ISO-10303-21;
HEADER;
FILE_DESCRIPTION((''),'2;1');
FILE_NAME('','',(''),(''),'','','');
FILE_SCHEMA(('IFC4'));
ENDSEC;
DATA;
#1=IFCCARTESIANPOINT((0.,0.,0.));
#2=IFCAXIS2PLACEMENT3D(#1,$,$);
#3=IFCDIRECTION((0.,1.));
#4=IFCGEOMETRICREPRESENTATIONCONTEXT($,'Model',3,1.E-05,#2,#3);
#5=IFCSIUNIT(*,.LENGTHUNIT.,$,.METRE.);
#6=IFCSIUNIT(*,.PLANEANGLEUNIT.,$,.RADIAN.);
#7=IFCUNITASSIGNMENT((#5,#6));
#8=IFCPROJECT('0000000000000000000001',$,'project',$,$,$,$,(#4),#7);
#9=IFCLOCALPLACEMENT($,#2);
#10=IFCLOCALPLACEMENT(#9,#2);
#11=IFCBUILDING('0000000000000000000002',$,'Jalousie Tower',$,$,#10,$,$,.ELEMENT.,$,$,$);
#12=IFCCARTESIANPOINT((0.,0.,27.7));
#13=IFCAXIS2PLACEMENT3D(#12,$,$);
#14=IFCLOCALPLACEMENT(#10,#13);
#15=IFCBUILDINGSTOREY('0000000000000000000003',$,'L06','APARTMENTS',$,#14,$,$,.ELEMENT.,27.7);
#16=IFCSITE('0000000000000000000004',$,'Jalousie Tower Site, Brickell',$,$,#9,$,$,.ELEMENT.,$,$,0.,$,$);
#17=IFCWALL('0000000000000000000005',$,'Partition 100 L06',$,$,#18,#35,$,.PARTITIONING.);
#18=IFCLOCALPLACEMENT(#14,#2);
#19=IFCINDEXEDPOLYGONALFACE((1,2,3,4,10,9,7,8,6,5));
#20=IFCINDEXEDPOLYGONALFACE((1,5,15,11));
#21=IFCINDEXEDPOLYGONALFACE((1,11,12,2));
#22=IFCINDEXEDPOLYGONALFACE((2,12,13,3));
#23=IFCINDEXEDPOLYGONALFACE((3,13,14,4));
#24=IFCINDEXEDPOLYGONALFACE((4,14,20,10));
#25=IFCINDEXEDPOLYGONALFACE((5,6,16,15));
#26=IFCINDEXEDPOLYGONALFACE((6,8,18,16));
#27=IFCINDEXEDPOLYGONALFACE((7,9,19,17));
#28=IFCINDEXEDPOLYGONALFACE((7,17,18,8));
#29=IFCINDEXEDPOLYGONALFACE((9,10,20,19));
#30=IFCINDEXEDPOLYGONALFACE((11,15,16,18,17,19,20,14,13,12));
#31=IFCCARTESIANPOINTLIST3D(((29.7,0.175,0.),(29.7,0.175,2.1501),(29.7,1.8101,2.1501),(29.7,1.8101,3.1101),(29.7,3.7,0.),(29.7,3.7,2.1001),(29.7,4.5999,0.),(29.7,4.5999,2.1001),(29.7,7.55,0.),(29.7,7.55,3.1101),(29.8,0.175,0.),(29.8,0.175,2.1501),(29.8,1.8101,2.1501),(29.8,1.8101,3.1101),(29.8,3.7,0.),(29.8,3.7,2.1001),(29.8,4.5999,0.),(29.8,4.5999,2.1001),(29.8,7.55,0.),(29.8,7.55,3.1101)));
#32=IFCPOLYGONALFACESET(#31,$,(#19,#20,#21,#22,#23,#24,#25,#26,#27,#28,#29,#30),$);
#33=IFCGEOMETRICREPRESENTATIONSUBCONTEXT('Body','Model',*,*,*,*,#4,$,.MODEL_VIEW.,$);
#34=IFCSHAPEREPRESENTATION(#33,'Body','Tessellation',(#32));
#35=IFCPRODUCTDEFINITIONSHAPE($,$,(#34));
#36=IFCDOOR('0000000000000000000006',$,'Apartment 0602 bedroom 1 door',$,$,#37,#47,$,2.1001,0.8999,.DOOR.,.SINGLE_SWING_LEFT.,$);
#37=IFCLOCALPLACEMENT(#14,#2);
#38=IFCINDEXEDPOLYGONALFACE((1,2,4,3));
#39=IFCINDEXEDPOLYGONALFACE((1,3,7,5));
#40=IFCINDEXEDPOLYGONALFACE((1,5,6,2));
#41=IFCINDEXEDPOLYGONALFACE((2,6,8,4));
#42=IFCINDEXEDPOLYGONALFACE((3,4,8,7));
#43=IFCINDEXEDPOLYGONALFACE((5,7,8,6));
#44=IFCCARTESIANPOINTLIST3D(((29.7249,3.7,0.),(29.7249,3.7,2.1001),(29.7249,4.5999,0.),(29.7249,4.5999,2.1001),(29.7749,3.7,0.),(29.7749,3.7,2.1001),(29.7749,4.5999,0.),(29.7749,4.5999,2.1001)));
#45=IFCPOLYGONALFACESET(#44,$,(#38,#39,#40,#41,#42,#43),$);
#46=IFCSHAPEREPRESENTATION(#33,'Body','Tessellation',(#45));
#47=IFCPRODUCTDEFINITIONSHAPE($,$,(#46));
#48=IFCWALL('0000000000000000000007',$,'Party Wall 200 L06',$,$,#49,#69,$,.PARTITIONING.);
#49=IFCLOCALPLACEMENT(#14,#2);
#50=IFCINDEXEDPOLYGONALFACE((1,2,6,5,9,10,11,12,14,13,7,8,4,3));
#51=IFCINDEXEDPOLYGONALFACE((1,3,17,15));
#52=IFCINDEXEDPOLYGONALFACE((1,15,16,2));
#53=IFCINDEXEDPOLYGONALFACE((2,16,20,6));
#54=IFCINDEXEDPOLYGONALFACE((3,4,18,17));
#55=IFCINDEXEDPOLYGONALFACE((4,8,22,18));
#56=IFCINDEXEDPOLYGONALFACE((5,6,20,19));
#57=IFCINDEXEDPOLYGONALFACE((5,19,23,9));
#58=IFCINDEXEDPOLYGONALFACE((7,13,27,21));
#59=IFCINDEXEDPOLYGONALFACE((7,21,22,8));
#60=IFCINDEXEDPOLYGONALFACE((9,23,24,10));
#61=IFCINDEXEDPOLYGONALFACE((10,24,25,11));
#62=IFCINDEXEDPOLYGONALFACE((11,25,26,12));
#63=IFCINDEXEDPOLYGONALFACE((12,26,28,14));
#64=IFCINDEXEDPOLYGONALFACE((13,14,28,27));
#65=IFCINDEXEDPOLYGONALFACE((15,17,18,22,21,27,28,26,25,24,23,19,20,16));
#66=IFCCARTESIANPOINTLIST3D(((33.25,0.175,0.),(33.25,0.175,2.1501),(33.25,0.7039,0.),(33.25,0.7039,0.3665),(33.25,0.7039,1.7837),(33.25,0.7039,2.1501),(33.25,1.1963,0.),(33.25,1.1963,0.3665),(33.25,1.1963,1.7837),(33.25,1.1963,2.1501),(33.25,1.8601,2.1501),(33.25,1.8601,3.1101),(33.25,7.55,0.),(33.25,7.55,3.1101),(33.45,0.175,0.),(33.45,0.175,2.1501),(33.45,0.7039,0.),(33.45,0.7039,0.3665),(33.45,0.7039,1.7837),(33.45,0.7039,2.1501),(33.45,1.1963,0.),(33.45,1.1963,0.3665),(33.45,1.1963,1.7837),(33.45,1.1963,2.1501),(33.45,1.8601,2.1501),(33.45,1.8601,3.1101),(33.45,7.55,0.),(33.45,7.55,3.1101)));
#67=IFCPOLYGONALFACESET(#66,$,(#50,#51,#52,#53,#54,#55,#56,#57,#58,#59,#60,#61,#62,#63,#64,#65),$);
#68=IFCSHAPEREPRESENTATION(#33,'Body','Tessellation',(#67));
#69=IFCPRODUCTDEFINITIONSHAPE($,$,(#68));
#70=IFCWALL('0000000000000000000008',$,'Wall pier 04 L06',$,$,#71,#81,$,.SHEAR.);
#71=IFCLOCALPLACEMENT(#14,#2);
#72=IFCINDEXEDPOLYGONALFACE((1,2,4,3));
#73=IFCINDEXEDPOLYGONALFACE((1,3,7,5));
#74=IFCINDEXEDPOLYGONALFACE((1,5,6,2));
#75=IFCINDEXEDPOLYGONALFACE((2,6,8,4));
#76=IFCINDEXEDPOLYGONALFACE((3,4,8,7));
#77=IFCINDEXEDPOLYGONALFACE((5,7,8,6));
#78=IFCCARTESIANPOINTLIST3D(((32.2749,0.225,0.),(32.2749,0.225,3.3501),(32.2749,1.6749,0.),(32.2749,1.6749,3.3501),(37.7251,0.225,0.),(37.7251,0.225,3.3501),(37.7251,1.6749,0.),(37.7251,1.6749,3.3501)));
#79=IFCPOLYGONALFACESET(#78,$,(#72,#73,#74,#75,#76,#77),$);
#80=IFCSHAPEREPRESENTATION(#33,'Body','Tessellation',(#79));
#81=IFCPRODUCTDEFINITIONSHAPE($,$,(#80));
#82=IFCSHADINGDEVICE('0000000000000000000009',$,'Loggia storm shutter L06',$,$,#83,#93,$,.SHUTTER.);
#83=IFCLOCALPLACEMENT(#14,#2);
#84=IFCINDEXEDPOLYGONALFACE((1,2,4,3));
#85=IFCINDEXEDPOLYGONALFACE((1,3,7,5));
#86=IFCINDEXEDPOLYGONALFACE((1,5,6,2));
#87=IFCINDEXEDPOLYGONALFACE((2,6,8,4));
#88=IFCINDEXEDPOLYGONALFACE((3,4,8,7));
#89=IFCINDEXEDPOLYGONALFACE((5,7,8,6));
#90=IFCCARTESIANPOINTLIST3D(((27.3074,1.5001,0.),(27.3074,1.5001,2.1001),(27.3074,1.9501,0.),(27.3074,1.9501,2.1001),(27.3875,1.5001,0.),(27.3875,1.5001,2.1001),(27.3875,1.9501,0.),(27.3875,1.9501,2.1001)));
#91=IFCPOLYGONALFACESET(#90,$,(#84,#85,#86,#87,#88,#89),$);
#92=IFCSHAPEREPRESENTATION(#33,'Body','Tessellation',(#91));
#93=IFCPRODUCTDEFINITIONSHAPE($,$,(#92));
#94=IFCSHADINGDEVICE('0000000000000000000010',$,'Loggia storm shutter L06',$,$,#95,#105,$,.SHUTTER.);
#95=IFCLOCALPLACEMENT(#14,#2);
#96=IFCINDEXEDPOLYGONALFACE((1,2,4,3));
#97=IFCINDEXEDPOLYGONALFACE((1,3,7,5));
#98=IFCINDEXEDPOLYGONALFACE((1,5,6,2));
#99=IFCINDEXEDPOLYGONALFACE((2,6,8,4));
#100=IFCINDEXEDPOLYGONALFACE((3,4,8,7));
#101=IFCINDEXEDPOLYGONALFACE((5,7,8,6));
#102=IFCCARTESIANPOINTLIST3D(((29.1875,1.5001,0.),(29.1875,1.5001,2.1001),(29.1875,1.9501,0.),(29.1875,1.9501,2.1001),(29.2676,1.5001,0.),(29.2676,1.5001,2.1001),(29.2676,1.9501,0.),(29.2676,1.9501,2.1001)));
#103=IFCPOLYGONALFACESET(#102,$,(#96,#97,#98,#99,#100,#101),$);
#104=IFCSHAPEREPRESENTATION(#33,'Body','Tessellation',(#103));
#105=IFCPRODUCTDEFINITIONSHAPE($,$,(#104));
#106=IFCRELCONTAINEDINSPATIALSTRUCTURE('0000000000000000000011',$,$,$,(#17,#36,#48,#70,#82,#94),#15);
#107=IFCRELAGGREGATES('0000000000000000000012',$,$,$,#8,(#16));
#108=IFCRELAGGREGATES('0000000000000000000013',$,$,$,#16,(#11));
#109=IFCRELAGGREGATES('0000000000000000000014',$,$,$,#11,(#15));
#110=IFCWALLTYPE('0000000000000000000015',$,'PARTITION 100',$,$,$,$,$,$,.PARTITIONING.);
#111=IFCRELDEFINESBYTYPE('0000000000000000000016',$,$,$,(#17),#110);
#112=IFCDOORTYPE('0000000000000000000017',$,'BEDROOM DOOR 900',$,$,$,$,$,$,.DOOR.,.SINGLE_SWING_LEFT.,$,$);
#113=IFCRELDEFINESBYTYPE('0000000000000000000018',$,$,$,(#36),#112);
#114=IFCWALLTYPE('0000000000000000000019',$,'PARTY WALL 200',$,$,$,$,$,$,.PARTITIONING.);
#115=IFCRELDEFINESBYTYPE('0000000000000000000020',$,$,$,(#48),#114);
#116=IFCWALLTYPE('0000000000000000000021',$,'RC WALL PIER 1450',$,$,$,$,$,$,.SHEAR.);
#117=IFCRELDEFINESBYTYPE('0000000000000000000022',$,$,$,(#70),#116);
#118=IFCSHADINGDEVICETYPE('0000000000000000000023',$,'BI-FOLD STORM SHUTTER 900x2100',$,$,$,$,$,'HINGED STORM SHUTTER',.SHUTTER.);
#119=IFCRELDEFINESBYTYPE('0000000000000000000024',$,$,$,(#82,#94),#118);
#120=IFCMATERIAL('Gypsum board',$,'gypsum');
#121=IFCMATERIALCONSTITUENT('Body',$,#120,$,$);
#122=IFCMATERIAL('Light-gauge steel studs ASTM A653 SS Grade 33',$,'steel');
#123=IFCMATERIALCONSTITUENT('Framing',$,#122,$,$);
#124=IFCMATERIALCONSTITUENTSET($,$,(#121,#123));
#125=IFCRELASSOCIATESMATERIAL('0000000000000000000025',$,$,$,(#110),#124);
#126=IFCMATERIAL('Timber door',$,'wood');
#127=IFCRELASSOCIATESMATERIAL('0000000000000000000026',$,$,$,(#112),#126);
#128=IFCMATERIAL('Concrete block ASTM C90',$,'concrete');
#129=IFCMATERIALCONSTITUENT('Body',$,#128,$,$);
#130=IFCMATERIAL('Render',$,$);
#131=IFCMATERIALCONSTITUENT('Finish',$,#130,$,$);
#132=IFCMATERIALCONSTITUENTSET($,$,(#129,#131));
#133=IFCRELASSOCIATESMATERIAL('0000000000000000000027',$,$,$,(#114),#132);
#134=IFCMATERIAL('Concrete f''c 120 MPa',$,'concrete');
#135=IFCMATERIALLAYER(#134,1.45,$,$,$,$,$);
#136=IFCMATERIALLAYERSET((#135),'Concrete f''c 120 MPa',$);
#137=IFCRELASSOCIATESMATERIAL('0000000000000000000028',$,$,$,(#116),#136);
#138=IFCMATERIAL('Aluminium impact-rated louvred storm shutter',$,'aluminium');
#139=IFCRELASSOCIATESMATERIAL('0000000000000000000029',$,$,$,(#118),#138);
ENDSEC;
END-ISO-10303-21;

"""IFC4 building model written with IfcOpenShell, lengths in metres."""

from ifc_helpers import new_model, si_unit, direction, frame, frame_2d, origin, origin_2d, place, context, subcontext, project, spatial, polyline, rectangle, outline, extrude, material, layer, layer_set, constituent, constituent_set, type_object, element, fill, save


model = new_model("IFC4")

# Units and contexts
model_context = context("Model", 3, precision=1e-05, world=origin(), true_north=direction((0.0, 1.0)))
body_context = subcontext(model_context, "Body", "Model", "MODEL_VIEW")
ifc_project = project(units=[si_unit("LENGTHUNIT", "METRE"), si_unit("PLANEANGLEUNIT", "RADIAN")], contexts=[model_context])

# Site, building, storey
site_placement = place(None, origin())
site = spatial("IfcSite", under=ifc_project, at=site_placement, Name="Jalousie Tower Site, Brickell", CompositionType="ELEMENT", RefElevation=0.0)
building_placement = place(site_placement, origin())
building = spatial("IfcBuilding", under=site, at=building_placement, Name="Jalousie Tower", CompositionType="ELEMENT")
storey_placement = place(building_placement, frame((0.0, 0.0, 27.7)))
storey = spatial("IfcBuildingStorey", under=building, at=storey_placement, Name="L06", Description="APARTMENTS", CompositionType="ELEMENT", Elevation=27.7)

# Wall, opening, door
ifc_material_1 = material(Name="Gypsum board", Category="gypsum")
ifc_constituent_1 = constituent(ifc_material_1, Name="Body")
ifc_material_2 = material(Name="Light-gauge steel studs ASTM A653 SS Grade 33", Category="steel")
ifc_constituent_2 = constituent(ifc_material_2, Name="Framing")
ifc_constituent_set_1 = constituent_set(constituents=[ifc_constituent_1, ifc_constituent_2])
wall_type_1 = type_object("IfcWallType", Name="PARTITION 100", PredefinedType="PARTITIONING", material=ifc_constituent_set_1)
wall_1_placement = place(storey_placement, frame((29.75, 0.175, 0.0), z_axis=(0.0, 0.0, 1.0), x_axis=(0.0, 1.0, 0.0)))
wall_1 = element("IfcWall", 1, at=wall_1_placement, inside=storey, type_object=wall_type_1, Name="Partition 100 L06", PredefinedType="PARTITIONING", context=body_context, shape_type="SweptSolid", body=[
    extrude(outline(polyline([(0.0, 0.0), (7.375, 0.0), (7.375, 3.1101), (1.635, 3.1101), (1.635, 2.1501), (0.0, 2.1501), (0.0, 3.1101), (0.0, 0.0)])), frame((0.0, 0.05, 0.0), z_axis=(0.0, -1.0, 0.0), x_axis=(1.0, 0.0, 0.0)), (0.0, 0.0, 1.0), 0.1001),
])
opening_1_placement = place(wall_1_placement, frame((3.5249, 0.0, 0.0)))
opening_1 = element("IfcOpeningElement", 2, at=opening_1_placement, cuts=wall_1, PredefinedType="OPENING", context=body_context, shape_type="SweptSolid", body=[
    extrude(rectangle(XDim=0.8999, YDim=2.1001, at=frame_2d((0.45, 1.05))), frame((0.0, 0.0601, 0.0), z_axis=(0.0, -1.0, 0.0), x_axis=(1.0, 0.0, 0.0)), (0.0, 0.0, 1.0), 0.1201),
])
ifc_material_3 = material(Name="Timber door", Category="wood")
door_type_1 = type_object("IfcDoorType", Name="BEDROOM DOOR 900", OperationType="SINGLE_SWING_LEFT", PredefinedType="DOOR", material=ifc_material_3)
door_1_placement = place(opening_1_placement, frame((0.8999, 0.0, 0.0), z_axis=(0.0, 0.0, 1.0), x_axis=(-1.0, 0.0, 0.0)))
door_1 = element("IfcDoor", 3, at=door_1_placement, inside=storey, type_object=door_type_1, Name="Apartment 0602 bedroom 1 door", OperationType="SINGLE_SWING_LEFT", OverallHeight=2.1001, OverallWidth=0.8999, PredefinedType="DOOR", context=body_context, shape_type="SweptSolid", body=[
    extrude(rectangle(XDim=0.8999, YDim=2.1001, at=frame_2d((0.45, 1.05))), frame((0.0, 0.0249, 0.0), z_axis=(0.0, -1.0, 0.0), x_axis=(1.0, 0.0, 0.0)), (0.0, 0.0, 1.0), 0.05),
])
fill(opening_1, door_1)

# Walls
ifc_material_4 = material(Name="Concrete block ASTM C90", Category="concrete")
ifc_constituent_3 = constituent(ifc_material_4, Name="Body")
ifc_material_5 = material(Name="Render")
ifc_constituent_4 = constituent(ifc_material_5, Name="Finish")
ifc_constituent_set_2 = constituent_set(constituents=[ifc_constituent_3, ifc_constituent_4])
wall_type_2 = type_object("IfcWallType", Name="PARTY WALL 200", PredefinedType="PARTITIONING", material=ifc_constituent_set_2)
wall_2_placement = place(storey_placement, frame((33.3501, 0.175, 0.0), z_axis=(0.0, 0.0, 1.0), x_axis=(0.0, 1.0, 0.0)))
element("IfcWall", 4, at=wall_2_placement, inside=storey, type_object=wall_type_2, Name="Party Wall 200 L06", PredefinedType="PARTITIONING", context=body_context, shape_type="SweptSolid", body=[
    extrude(outline(polyline([(0.5288, 2.1501), (0.0, 2.1501), (0.0, 0.0), (0.5288, 0.0), (0.5288, 0.3665), (1.0212, 0.3665), (1.0212, 0.0), (7.375, 0.0), (7.375, 3.1101), (1.6851, 3.1101), (1.6851, 2.1501), (1.0212, 2.1501), (1.0212, 1.7837), (0.5288, 1.7837), (0.5288, 2.1501)])), frame((0.0, 0.1001, 0.0), z_axis=(0.0, -1.0, 0.0), x_axis=(1.0, 0.0, 0.0)), (0.0, 0.0, 1.0), 0.2),
])
ifc_material_6 = material(Name="Concrete f'c 120 MPa", Category="concrete")
ifc_layer_1 = layer(ifc_material_6, 1.45)
ifc_layer_set_1 = layer_set([ifc_layer_1], Name="Concrete f'c 120 MPa")
wall_type_3 = type_object("IfcWallType", Name="RC WALL PIER 1450", PredefinedType="SHEAR", material=ifc_layer_set_1)
wall_3_placement = place(storey_placement, frame((32.2749, 0.95, 0.0), z_axis=(0.0, 0.0, 1.0), x_axis=(1.0, 0.0, 0.0)))
element("IfcWall", 5, at=wall_3_placement, inside=storey, type_object=wall_type_3, Name="Wall pier 04 L06", PredefinedType="SHEAR", context=body_context, shape_type="SweptSolid", body=[
    extrude(rectangle(XDim=5.4502, YDim=1.45, at=frame_2d((2.7251, 0.0))), origin(), (0.0, 0.0, 1.0), 3.3501),
])

# Shading devices
ifc_material_7 = material(Name="Aluminium impact-rated louvred storm shutter", Category="aluminium")
shading_device_type_1 = type_object("IfcShadingDeviceType", Name="BI-FOLD STORM SHUTTER 900x2100", ElementType="HINGED STORM SHUTTER", PredefinedType="SHUTTER", material=ifc_material_7)
for number, where, z_axis, x_axis, name in (
    (6, (27.3474, 1.7251, 0.0), (0.0, 0.0, 1.0), (0.0, 1.0, 0.0), "Loggia storm shutter L06"),
    (7, (29.2275, 1.7251, 0.0), (0.0, 0.0, 1.0), (0.0, 1.0, 0.0), "Loggia storm shutter L06"),
):
    element("IfcShadingDevice", number, at=place(storey_placement, frame(where, z_axis=z_axis, x_axis=x_axis)), inside=storey, type_object=shading_device_type_1, Name=name, PredefinedType="SHUTTER", context=body_context, shape_type="SweptSolid", body=[
        extrude(rectangle(XDim=0.45, YDim=0.0801, at=origin_2d()), origin(), (0.0, 0.0, 1.0), 2.1001),
    ])

save(model, "model.ifc")
